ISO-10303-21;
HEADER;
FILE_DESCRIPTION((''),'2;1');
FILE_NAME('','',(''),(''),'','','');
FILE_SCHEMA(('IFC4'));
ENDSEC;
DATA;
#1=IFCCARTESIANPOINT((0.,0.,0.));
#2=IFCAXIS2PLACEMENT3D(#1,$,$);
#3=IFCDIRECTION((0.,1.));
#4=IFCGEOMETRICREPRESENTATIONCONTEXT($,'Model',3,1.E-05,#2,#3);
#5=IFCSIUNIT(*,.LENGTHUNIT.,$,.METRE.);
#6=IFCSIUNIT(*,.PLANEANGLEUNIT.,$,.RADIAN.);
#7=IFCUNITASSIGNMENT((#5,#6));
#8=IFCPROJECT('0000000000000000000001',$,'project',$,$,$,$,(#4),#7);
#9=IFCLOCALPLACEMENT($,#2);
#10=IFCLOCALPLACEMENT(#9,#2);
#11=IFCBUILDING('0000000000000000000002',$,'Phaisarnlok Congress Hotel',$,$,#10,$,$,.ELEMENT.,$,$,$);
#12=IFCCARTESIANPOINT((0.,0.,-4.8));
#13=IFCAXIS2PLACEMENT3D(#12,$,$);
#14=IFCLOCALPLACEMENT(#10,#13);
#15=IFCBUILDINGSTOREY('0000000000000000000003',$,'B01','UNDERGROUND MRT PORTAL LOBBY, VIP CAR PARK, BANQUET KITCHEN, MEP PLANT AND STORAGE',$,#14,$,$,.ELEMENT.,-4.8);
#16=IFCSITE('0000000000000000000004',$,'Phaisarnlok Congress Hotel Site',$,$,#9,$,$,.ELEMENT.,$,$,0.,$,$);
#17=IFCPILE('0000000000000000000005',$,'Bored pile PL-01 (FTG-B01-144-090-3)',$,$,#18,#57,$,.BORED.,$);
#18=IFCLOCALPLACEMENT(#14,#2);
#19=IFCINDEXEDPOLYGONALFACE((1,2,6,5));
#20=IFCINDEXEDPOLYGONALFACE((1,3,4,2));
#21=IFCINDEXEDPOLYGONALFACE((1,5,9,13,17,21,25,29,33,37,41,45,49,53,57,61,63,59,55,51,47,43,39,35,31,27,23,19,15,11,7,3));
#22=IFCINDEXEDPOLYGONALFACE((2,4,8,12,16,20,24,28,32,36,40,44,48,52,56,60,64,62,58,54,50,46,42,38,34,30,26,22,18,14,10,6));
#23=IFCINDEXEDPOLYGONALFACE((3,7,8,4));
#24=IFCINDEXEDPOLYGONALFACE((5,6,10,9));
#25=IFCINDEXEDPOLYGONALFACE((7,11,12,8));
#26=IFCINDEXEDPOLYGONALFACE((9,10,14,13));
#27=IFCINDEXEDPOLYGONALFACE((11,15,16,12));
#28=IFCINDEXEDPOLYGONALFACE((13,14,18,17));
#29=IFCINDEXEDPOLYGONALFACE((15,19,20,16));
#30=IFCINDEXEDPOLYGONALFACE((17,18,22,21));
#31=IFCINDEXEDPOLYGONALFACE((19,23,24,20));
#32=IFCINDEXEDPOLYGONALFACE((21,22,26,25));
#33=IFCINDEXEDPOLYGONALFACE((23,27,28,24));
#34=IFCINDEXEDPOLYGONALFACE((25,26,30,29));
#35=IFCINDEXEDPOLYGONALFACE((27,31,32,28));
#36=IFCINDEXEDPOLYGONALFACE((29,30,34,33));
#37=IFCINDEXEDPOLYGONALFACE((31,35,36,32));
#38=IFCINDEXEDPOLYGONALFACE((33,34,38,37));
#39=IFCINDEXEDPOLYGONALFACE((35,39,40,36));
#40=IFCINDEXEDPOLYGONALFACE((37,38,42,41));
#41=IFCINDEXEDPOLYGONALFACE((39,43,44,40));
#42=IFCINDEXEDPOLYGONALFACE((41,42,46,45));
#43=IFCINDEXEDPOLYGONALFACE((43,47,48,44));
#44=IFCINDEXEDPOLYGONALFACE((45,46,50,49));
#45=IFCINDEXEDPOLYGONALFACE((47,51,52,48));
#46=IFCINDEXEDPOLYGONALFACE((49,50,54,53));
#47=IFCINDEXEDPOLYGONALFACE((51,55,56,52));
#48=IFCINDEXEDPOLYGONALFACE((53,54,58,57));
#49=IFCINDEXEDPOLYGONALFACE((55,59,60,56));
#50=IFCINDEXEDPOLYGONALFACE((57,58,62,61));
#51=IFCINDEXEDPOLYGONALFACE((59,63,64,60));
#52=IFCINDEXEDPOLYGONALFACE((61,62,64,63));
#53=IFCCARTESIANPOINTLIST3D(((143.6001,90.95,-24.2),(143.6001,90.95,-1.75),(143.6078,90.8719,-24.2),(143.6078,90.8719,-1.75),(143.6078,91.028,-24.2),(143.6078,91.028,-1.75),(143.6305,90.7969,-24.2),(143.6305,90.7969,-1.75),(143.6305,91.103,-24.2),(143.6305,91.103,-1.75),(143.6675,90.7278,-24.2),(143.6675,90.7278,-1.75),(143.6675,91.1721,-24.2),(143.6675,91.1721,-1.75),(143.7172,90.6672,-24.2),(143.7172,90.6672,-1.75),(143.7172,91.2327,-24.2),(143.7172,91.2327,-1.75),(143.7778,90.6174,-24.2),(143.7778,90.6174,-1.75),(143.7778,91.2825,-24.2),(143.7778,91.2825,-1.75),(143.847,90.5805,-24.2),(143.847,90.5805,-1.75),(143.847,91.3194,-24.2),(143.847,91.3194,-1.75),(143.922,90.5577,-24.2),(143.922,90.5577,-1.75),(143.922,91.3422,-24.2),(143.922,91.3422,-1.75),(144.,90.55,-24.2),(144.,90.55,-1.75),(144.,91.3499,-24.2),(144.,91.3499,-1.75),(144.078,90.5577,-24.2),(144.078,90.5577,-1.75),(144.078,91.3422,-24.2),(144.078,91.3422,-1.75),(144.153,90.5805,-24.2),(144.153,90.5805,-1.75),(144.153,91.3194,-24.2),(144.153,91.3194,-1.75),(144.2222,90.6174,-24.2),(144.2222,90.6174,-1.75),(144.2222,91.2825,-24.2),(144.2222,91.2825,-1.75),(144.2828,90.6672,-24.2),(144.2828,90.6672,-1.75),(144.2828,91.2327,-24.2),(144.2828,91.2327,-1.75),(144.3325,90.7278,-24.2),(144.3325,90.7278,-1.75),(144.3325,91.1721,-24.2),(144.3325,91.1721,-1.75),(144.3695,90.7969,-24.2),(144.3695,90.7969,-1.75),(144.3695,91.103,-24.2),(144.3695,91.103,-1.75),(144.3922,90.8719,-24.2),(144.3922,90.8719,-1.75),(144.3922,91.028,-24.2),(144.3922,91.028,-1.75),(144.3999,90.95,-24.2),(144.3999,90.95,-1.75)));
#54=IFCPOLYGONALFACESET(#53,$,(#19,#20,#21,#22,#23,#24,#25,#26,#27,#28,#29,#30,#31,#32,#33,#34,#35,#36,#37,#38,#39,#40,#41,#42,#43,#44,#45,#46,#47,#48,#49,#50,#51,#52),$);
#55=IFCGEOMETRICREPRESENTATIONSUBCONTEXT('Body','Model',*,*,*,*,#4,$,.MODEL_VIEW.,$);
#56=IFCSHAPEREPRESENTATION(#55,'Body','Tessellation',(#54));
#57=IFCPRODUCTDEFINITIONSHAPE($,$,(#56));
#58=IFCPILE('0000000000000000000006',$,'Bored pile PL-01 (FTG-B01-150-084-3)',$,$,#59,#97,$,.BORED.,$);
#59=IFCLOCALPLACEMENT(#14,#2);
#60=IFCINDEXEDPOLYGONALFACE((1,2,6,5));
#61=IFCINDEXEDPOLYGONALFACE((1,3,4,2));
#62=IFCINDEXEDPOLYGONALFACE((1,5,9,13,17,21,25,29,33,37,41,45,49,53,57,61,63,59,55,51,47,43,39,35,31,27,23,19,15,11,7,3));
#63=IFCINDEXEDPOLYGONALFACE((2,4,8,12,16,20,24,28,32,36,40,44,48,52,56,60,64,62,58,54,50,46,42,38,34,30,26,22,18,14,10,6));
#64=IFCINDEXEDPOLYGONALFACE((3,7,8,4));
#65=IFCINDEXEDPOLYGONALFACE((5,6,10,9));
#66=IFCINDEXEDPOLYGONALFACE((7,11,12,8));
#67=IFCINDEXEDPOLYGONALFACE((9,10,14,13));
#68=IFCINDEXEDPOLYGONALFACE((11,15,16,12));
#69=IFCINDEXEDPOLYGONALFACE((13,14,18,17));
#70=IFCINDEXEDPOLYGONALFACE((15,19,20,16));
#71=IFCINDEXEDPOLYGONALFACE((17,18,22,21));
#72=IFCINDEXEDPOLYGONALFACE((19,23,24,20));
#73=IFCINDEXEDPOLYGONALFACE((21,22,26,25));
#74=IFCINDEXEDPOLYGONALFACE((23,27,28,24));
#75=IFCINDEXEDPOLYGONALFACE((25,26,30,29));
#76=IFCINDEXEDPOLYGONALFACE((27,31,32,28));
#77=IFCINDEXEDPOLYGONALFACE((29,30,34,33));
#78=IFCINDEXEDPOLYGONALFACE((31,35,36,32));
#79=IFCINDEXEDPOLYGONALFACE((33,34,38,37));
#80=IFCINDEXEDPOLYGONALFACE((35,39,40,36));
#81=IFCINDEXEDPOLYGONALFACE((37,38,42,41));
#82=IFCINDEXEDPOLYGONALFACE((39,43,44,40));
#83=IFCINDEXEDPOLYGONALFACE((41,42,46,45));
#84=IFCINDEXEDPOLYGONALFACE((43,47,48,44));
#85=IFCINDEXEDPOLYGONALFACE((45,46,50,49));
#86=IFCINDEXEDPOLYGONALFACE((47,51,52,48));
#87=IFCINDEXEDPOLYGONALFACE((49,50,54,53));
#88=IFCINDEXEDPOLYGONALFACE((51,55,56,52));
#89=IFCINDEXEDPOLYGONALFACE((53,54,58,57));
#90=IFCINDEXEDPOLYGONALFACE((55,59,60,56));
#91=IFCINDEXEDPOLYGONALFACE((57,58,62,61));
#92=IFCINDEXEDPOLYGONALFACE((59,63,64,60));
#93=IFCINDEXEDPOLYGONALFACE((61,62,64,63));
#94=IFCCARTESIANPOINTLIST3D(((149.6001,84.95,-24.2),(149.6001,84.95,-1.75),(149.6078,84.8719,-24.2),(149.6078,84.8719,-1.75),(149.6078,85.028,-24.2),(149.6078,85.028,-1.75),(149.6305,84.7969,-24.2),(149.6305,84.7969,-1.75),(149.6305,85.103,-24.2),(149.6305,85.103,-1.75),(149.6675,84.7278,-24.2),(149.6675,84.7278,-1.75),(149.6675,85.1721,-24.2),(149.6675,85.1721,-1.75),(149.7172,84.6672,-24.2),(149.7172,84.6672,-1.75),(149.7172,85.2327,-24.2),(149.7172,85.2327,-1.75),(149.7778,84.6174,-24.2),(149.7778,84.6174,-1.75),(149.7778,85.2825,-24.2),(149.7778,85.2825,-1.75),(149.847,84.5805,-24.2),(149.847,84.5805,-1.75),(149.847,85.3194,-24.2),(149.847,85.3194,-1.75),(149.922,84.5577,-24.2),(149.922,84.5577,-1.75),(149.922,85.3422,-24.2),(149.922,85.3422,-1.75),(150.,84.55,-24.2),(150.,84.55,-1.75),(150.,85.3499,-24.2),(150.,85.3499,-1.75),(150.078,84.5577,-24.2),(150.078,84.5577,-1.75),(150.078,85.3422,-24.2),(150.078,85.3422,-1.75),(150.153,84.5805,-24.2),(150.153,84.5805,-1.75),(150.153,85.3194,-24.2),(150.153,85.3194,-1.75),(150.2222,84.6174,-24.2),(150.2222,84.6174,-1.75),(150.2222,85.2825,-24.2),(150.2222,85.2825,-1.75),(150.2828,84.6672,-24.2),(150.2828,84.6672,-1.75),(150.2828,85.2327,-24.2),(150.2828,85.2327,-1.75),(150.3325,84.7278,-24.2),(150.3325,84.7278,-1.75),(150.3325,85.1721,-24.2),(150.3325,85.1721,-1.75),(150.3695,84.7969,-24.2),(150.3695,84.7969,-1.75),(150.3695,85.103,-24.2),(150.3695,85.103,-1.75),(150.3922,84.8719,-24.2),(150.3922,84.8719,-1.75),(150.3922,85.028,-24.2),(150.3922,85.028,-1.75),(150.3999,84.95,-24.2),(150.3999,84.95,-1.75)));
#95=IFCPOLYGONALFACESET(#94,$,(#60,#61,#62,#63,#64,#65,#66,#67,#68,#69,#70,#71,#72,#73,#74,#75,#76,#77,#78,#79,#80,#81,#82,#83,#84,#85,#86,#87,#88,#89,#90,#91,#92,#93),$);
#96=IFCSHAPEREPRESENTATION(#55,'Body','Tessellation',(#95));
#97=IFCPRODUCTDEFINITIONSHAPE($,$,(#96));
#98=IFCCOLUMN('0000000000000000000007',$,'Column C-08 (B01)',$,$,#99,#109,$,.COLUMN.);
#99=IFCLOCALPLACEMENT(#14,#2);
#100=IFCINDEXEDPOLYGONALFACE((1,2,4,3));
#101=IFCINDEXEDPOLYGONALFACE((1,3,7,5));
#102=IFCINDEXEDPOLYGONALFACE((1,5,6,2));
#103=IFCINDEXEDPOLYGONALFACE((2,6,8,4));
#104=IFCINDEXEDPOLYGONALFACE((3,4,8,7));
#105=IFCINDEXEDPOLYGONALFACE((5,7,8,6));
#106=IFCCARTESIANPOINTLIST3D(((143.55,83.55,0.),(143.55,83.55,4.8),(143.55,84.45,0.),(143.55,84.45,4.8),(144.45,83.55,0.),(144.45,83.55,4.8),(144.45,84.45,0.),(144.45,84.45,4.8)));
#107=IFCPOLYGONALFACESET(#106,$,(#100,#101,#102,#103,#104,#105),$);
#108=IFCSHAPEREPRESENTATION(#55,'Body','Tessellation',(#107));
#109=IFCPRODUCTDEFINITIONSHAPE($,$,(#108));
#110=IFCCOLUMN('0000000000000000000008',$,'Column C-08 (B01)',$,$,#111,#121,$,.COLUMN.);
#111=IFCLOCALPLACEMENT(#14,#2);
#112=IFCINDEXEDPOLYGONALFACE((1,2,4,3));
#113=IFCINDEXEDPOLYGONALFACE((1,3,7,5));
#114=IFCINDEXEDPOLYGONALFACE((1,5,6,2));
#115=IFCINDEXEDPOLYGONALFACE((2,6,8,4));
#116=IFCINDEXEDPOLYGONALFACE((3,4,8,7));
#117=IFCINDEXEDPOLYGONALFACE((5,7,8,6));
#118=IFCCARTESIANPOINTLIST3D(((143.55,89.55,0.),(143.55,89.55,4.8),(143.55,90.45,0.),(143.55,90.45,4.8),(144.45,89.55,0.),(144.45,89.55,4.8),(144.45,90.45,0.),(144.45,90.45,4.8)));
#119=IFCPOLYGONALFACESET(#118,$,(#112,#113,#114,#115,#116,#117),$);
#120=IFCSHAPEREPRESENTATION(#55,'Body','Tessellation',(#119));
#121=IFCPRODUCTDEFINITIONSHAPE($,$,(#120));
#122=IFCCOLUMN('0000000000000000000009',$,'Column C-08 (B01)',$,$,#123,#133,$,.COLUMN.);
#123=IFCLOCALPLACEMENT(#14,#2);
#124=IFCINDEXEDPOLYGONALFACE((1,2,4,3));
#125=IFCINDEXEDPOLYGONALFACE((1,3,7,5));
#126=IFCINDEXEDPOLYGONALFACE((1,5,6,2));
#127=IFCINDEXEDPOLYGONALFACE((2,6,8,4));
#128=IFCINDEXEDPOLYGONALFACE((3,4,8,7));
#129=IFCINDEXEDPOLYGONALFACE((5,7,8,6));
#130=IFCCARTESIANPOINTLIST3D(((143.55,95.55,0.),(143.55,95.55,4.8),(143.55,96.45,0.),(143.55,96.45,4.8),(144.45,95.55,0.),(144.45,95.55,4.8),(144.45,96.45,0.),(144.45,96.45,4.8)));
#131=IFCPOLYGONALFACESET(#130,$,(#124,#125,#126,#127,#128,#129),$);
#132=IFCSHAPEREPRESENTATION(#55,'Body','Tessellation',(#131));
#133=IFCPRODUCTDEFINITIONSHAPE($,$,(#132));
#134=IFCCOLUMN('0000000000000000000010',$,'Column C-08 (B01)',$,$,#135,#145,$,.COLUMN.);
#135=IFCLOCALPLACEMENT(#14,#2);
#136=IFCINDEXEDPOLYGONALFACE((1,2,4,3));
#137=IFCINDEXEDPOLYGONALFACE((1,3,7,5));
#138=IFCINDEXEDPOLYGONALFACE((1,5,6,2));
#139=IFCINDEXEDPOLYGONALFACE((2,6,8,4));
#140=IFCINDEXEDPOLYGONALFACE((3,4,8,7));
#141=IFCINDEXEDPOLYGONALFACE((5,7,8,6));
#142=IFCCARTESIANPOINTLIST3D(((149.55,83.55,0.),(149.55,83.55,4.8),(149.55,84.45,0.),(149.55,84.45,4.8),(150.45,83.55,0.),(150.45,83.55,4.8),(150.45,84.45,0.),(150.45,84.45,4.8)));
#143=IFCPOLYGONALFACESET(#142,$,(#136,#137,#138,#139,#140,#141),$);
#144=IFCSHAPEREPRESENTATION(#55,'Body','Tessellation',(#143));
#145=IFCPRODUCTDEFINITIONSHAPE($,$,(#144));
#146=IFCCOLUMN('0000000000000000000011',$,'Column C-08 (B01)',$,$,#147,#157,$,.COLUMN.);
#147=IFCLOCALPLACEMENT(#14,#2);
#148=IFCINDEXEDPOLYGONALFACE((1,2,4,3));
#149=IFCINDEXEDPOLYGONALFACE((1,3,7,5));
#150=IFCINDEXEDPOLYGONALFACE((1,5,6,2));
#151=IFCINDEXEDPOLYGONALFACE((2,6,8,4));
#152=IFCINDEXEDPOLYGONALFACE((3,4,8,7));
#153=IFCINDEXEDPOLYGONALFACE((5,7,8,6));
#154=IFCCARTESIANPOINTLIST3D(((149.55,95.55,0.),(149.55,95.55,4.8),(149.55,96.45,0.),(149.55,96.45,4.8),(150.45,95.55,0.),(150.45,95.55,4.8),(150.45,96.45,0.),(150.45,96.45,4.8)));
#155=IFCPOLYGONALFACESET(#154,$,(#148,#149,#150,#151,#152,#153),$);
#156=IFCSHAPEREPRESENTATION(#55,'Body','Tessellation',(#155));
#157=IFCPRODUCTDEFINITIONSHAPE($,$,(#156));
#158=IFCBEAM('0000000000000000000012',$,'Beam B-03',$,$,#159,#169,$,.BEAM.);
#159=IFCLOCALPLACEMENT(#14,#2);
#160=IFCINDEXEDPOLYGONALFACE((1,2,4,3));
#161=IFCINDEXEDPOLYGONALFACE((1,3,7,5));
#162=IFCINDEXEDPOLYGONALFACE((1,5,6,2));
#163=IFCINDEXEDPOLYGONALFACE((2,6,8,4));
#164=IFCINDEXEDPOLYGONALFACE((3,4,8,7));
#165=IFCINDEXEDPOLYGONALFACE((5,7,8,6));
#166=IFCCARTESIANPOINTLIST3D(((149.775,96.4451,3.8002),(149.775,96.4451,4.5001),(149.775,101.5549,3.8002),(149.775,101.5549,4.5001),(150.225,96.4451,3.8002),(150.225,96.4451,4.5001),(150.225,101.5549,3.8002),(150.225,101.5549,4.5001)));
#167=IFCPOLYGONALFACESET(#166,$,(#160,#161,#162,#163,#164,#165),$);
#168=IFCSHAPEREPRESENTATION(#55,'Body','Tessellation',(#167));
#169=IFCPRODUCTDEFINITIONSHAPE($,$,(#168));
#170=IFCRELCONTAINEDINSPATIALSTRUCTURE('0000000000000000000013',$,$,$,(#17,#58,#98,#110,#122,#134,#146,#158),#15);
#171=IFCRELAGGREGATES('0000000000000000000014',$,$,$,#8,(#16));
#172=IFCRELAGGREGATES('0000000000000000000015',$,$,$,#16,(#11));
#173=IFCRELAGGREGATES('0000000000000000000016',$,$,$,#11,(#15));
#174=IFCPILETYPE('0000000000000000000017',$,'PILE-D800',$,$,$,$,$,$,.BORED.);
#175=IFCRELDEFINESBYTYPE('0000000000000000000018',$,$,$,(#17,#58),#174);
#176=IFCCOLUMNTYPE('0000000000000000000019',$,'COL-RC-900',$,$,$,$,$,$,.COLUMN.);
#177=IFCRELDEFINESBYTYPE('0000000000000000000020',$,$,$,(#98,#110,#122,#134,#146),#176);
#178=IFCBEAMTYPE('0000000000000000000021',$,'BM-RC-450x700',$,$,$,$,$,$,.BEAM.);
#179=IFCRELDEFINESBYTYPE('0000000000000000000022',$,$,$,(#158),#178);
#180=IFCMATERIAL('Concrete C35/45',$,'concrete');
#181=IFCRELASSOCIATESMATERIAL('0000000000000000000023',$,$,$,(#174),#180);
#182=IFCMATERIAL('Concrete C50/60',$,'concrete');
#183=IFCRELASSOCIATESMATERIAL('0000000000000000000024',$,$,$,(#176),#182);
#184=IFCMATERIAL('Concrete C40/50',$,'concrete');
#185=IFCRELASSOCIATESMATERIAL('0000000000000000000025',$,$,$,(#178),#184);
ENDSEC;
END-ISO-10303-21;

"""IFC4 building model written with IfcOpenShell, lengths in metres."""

from ifc_helpers import new_model, si_unit, direction, frame, origin, origin_2d, place, context, subcontext, project, spatial, rectangle, circle, extrude, material, material_profile, profile_set, type_object, element, save


model = new_model("IFC4")

# Units and contexts
model_context = context("Model", 3, precision=1e-05, world=origin(), true_north=direction((0.0, 1.0)))
body_context = subcontext(model_context, "Body", "Model", "MODEL_VIEW")
ifc_project = project(units=[si_unit("LENGTHUNIT", "METRE"), si_unit("PLANEANGLEUNIT", "RADIAN")], contexts=[model_context])

# Site, building, storey
site_placement = place(None, origin())
site = spatial("IfcSite", under=ifc_project, at=site_placement, Name="Phaisarnlok Congress Hotel Site", CompositionType="ELEMENT", RefElevation=0.0)
building_placement = place(site_placement, origin())
building = spatial("IfcBuilding", under=site, at=building_placement, Name="Phaisarnlok Congress Hotel", CompositionType="ELEMENT")
storey_placement = place(building_placement, frame((0.0, 0.0, -4.8)))
storey = spatial("IfcBuildingStorey", under=building, at=storey_placement, Name="B01", Description="UNDERGROUND MRT PORTAL LOBBY, VIP CAR PARK, BANQUET KITCHEN, MEP PLANT AND STORAGE", CompositionType="ELEMENT", Elevation=-4.8)

# Shared definitions
ifc_material_1 = material(Name="Concrete C40/50", Category="concrete")

# Piles
ifc_material_2 = material(Name="Concrete C35/45", Category="concrete")
ifc_material_profile_1 = material_profile(ifc_material_2, circle(Radius=0.3999, at=origin_2d()), Name="BORED PILE D800")
ifc_profile_set_1 = profile_set([ifc_material_profile_1], Name="Concrete C35/45")
pile_type_1 = type_object("IfcPileType", Name="PILE-D800", PredefinedType="BORED", material=ifc_profile_set_1)
for number, where, z_axis, x_axis, name in (
    (1, (144.0, 90.95, -1.75), (0.0, 0.0, -1.0), (1.0, 0.0, 0.0), "Bored pile PL-01 (FTG-B01-144-090-3)"),
    (2, (150.0, 84.95, -1.75), (0.0, 0.0, -1.0), (1.0, 0.0, 0.0), "Bored pile PL-01 (FTG-B01-150-084-3)"),
):
    element("IfcPile", number, at=place(storey_placement, frame(where, z_axis=z_axis, x_axis=x_axis)), inside=storey, type_object=pile_type_1, Name=name, PredefinedType="BORED", context=body_context, shape_type="SweptSolid", body=[
        extrude(circle(Radius=0.3999, at=origin_2d()), origin(), (0.0, 0.0, 1.0), 22.45),
    ])

# Columns
ifc_material_3 = material(Name="Concrete C50/60", Category="concrete")
ifc_material_profile_2 = material_profile(ifc_material_3, rectangle(XDim=0.8999, YDim=0.8999, at=origin_2d()), Name="RC 900x900")
ifc_profile_set_2 = profile_set([ifc_material_profile_2], Name="Concrete C50/60")
column_type = type_object("IfcColumnType", Name="COL-RC-900", PredefinedType="COLUMN", material=ifc_profile_set_2)
for number, where, z_axis, x_axis, name in (
    (3, (144.0, 84.0, 0.0), (0.0, 0.0, 1.0), (1.0, 0.0, 0.0), "Column C-08 (B01)"),
    (4, (144.0, 90.0, 0.0), (0.0, 0.0, 1.0), (1.0, 0.0, 0.0), "Column C-08 (B01)"),
    (5, (144.0, 96.0, 0.0), (0.0, 0.0, 1.0), (1.0, 0.0, 0.0), "Column C-08 (B01)"),
    (6, (150.0, 84.0, 0.0), (0.0, 0.0, 1.0), (1.0, 0.0, 0.0), "Column C-08 (B01)"),
    (7, (150.0, 96.0, 0.0), (0.0, 0.0, 1.0), (1.0, 0.0, 0.0), "Column C-08 (B01)"),
):
    element("IfcColumn", number, at=place(storey_placement, frame(where, z_axis=z_axis, x_axis=x_axis)), inside=storey, type_object=column_type, Name=name, PredefinedType="COLUMN", context=body_context, shape_type="SweptSolid", body=[
        extrude(rectangle(XDim=0.8999, YDim=0.8999, at=origin_2d()), origin(), (0.0, 0.0, 1.0), 4.8),
    ])

# Beam
ifc_material_profile_3 = material_profile(ifc_material_1, rectangle(XDim=0.45, YDim=0.7, at=origin_2d()), Name="RC 450x700")
ifc_profile_set_3 = profile_set([ifc_material_profile_3], Name="Concrete C40/50")
beam_type_1 = type_object("IfcBeamType", Name="BM-RC-450x700", PredefinedType="BEAM", material=ifc_profile_set_3)
beam_1_placement = place(storey_placement, frame((150.0, 96.4451, 4.1501), z_axis=(0.0, 1.0, 0.0), x_axis=(-1.0, 0.0, 0.0)))
element("IfcBeam", 8, at=beam_1_placement, inside=storey, type_object=beam_type_1, Name="Beam B-03", PredefinedType="BEAM", context=body_context, shape_type="SweptSolid", body=[
    extrude(rectangle(XDim=0.45, YDim=0.7, at=origin_2d()), origin(), (0.0, 0.0, 1.0), 5.1099),
])

save(model, "model.ifc")
